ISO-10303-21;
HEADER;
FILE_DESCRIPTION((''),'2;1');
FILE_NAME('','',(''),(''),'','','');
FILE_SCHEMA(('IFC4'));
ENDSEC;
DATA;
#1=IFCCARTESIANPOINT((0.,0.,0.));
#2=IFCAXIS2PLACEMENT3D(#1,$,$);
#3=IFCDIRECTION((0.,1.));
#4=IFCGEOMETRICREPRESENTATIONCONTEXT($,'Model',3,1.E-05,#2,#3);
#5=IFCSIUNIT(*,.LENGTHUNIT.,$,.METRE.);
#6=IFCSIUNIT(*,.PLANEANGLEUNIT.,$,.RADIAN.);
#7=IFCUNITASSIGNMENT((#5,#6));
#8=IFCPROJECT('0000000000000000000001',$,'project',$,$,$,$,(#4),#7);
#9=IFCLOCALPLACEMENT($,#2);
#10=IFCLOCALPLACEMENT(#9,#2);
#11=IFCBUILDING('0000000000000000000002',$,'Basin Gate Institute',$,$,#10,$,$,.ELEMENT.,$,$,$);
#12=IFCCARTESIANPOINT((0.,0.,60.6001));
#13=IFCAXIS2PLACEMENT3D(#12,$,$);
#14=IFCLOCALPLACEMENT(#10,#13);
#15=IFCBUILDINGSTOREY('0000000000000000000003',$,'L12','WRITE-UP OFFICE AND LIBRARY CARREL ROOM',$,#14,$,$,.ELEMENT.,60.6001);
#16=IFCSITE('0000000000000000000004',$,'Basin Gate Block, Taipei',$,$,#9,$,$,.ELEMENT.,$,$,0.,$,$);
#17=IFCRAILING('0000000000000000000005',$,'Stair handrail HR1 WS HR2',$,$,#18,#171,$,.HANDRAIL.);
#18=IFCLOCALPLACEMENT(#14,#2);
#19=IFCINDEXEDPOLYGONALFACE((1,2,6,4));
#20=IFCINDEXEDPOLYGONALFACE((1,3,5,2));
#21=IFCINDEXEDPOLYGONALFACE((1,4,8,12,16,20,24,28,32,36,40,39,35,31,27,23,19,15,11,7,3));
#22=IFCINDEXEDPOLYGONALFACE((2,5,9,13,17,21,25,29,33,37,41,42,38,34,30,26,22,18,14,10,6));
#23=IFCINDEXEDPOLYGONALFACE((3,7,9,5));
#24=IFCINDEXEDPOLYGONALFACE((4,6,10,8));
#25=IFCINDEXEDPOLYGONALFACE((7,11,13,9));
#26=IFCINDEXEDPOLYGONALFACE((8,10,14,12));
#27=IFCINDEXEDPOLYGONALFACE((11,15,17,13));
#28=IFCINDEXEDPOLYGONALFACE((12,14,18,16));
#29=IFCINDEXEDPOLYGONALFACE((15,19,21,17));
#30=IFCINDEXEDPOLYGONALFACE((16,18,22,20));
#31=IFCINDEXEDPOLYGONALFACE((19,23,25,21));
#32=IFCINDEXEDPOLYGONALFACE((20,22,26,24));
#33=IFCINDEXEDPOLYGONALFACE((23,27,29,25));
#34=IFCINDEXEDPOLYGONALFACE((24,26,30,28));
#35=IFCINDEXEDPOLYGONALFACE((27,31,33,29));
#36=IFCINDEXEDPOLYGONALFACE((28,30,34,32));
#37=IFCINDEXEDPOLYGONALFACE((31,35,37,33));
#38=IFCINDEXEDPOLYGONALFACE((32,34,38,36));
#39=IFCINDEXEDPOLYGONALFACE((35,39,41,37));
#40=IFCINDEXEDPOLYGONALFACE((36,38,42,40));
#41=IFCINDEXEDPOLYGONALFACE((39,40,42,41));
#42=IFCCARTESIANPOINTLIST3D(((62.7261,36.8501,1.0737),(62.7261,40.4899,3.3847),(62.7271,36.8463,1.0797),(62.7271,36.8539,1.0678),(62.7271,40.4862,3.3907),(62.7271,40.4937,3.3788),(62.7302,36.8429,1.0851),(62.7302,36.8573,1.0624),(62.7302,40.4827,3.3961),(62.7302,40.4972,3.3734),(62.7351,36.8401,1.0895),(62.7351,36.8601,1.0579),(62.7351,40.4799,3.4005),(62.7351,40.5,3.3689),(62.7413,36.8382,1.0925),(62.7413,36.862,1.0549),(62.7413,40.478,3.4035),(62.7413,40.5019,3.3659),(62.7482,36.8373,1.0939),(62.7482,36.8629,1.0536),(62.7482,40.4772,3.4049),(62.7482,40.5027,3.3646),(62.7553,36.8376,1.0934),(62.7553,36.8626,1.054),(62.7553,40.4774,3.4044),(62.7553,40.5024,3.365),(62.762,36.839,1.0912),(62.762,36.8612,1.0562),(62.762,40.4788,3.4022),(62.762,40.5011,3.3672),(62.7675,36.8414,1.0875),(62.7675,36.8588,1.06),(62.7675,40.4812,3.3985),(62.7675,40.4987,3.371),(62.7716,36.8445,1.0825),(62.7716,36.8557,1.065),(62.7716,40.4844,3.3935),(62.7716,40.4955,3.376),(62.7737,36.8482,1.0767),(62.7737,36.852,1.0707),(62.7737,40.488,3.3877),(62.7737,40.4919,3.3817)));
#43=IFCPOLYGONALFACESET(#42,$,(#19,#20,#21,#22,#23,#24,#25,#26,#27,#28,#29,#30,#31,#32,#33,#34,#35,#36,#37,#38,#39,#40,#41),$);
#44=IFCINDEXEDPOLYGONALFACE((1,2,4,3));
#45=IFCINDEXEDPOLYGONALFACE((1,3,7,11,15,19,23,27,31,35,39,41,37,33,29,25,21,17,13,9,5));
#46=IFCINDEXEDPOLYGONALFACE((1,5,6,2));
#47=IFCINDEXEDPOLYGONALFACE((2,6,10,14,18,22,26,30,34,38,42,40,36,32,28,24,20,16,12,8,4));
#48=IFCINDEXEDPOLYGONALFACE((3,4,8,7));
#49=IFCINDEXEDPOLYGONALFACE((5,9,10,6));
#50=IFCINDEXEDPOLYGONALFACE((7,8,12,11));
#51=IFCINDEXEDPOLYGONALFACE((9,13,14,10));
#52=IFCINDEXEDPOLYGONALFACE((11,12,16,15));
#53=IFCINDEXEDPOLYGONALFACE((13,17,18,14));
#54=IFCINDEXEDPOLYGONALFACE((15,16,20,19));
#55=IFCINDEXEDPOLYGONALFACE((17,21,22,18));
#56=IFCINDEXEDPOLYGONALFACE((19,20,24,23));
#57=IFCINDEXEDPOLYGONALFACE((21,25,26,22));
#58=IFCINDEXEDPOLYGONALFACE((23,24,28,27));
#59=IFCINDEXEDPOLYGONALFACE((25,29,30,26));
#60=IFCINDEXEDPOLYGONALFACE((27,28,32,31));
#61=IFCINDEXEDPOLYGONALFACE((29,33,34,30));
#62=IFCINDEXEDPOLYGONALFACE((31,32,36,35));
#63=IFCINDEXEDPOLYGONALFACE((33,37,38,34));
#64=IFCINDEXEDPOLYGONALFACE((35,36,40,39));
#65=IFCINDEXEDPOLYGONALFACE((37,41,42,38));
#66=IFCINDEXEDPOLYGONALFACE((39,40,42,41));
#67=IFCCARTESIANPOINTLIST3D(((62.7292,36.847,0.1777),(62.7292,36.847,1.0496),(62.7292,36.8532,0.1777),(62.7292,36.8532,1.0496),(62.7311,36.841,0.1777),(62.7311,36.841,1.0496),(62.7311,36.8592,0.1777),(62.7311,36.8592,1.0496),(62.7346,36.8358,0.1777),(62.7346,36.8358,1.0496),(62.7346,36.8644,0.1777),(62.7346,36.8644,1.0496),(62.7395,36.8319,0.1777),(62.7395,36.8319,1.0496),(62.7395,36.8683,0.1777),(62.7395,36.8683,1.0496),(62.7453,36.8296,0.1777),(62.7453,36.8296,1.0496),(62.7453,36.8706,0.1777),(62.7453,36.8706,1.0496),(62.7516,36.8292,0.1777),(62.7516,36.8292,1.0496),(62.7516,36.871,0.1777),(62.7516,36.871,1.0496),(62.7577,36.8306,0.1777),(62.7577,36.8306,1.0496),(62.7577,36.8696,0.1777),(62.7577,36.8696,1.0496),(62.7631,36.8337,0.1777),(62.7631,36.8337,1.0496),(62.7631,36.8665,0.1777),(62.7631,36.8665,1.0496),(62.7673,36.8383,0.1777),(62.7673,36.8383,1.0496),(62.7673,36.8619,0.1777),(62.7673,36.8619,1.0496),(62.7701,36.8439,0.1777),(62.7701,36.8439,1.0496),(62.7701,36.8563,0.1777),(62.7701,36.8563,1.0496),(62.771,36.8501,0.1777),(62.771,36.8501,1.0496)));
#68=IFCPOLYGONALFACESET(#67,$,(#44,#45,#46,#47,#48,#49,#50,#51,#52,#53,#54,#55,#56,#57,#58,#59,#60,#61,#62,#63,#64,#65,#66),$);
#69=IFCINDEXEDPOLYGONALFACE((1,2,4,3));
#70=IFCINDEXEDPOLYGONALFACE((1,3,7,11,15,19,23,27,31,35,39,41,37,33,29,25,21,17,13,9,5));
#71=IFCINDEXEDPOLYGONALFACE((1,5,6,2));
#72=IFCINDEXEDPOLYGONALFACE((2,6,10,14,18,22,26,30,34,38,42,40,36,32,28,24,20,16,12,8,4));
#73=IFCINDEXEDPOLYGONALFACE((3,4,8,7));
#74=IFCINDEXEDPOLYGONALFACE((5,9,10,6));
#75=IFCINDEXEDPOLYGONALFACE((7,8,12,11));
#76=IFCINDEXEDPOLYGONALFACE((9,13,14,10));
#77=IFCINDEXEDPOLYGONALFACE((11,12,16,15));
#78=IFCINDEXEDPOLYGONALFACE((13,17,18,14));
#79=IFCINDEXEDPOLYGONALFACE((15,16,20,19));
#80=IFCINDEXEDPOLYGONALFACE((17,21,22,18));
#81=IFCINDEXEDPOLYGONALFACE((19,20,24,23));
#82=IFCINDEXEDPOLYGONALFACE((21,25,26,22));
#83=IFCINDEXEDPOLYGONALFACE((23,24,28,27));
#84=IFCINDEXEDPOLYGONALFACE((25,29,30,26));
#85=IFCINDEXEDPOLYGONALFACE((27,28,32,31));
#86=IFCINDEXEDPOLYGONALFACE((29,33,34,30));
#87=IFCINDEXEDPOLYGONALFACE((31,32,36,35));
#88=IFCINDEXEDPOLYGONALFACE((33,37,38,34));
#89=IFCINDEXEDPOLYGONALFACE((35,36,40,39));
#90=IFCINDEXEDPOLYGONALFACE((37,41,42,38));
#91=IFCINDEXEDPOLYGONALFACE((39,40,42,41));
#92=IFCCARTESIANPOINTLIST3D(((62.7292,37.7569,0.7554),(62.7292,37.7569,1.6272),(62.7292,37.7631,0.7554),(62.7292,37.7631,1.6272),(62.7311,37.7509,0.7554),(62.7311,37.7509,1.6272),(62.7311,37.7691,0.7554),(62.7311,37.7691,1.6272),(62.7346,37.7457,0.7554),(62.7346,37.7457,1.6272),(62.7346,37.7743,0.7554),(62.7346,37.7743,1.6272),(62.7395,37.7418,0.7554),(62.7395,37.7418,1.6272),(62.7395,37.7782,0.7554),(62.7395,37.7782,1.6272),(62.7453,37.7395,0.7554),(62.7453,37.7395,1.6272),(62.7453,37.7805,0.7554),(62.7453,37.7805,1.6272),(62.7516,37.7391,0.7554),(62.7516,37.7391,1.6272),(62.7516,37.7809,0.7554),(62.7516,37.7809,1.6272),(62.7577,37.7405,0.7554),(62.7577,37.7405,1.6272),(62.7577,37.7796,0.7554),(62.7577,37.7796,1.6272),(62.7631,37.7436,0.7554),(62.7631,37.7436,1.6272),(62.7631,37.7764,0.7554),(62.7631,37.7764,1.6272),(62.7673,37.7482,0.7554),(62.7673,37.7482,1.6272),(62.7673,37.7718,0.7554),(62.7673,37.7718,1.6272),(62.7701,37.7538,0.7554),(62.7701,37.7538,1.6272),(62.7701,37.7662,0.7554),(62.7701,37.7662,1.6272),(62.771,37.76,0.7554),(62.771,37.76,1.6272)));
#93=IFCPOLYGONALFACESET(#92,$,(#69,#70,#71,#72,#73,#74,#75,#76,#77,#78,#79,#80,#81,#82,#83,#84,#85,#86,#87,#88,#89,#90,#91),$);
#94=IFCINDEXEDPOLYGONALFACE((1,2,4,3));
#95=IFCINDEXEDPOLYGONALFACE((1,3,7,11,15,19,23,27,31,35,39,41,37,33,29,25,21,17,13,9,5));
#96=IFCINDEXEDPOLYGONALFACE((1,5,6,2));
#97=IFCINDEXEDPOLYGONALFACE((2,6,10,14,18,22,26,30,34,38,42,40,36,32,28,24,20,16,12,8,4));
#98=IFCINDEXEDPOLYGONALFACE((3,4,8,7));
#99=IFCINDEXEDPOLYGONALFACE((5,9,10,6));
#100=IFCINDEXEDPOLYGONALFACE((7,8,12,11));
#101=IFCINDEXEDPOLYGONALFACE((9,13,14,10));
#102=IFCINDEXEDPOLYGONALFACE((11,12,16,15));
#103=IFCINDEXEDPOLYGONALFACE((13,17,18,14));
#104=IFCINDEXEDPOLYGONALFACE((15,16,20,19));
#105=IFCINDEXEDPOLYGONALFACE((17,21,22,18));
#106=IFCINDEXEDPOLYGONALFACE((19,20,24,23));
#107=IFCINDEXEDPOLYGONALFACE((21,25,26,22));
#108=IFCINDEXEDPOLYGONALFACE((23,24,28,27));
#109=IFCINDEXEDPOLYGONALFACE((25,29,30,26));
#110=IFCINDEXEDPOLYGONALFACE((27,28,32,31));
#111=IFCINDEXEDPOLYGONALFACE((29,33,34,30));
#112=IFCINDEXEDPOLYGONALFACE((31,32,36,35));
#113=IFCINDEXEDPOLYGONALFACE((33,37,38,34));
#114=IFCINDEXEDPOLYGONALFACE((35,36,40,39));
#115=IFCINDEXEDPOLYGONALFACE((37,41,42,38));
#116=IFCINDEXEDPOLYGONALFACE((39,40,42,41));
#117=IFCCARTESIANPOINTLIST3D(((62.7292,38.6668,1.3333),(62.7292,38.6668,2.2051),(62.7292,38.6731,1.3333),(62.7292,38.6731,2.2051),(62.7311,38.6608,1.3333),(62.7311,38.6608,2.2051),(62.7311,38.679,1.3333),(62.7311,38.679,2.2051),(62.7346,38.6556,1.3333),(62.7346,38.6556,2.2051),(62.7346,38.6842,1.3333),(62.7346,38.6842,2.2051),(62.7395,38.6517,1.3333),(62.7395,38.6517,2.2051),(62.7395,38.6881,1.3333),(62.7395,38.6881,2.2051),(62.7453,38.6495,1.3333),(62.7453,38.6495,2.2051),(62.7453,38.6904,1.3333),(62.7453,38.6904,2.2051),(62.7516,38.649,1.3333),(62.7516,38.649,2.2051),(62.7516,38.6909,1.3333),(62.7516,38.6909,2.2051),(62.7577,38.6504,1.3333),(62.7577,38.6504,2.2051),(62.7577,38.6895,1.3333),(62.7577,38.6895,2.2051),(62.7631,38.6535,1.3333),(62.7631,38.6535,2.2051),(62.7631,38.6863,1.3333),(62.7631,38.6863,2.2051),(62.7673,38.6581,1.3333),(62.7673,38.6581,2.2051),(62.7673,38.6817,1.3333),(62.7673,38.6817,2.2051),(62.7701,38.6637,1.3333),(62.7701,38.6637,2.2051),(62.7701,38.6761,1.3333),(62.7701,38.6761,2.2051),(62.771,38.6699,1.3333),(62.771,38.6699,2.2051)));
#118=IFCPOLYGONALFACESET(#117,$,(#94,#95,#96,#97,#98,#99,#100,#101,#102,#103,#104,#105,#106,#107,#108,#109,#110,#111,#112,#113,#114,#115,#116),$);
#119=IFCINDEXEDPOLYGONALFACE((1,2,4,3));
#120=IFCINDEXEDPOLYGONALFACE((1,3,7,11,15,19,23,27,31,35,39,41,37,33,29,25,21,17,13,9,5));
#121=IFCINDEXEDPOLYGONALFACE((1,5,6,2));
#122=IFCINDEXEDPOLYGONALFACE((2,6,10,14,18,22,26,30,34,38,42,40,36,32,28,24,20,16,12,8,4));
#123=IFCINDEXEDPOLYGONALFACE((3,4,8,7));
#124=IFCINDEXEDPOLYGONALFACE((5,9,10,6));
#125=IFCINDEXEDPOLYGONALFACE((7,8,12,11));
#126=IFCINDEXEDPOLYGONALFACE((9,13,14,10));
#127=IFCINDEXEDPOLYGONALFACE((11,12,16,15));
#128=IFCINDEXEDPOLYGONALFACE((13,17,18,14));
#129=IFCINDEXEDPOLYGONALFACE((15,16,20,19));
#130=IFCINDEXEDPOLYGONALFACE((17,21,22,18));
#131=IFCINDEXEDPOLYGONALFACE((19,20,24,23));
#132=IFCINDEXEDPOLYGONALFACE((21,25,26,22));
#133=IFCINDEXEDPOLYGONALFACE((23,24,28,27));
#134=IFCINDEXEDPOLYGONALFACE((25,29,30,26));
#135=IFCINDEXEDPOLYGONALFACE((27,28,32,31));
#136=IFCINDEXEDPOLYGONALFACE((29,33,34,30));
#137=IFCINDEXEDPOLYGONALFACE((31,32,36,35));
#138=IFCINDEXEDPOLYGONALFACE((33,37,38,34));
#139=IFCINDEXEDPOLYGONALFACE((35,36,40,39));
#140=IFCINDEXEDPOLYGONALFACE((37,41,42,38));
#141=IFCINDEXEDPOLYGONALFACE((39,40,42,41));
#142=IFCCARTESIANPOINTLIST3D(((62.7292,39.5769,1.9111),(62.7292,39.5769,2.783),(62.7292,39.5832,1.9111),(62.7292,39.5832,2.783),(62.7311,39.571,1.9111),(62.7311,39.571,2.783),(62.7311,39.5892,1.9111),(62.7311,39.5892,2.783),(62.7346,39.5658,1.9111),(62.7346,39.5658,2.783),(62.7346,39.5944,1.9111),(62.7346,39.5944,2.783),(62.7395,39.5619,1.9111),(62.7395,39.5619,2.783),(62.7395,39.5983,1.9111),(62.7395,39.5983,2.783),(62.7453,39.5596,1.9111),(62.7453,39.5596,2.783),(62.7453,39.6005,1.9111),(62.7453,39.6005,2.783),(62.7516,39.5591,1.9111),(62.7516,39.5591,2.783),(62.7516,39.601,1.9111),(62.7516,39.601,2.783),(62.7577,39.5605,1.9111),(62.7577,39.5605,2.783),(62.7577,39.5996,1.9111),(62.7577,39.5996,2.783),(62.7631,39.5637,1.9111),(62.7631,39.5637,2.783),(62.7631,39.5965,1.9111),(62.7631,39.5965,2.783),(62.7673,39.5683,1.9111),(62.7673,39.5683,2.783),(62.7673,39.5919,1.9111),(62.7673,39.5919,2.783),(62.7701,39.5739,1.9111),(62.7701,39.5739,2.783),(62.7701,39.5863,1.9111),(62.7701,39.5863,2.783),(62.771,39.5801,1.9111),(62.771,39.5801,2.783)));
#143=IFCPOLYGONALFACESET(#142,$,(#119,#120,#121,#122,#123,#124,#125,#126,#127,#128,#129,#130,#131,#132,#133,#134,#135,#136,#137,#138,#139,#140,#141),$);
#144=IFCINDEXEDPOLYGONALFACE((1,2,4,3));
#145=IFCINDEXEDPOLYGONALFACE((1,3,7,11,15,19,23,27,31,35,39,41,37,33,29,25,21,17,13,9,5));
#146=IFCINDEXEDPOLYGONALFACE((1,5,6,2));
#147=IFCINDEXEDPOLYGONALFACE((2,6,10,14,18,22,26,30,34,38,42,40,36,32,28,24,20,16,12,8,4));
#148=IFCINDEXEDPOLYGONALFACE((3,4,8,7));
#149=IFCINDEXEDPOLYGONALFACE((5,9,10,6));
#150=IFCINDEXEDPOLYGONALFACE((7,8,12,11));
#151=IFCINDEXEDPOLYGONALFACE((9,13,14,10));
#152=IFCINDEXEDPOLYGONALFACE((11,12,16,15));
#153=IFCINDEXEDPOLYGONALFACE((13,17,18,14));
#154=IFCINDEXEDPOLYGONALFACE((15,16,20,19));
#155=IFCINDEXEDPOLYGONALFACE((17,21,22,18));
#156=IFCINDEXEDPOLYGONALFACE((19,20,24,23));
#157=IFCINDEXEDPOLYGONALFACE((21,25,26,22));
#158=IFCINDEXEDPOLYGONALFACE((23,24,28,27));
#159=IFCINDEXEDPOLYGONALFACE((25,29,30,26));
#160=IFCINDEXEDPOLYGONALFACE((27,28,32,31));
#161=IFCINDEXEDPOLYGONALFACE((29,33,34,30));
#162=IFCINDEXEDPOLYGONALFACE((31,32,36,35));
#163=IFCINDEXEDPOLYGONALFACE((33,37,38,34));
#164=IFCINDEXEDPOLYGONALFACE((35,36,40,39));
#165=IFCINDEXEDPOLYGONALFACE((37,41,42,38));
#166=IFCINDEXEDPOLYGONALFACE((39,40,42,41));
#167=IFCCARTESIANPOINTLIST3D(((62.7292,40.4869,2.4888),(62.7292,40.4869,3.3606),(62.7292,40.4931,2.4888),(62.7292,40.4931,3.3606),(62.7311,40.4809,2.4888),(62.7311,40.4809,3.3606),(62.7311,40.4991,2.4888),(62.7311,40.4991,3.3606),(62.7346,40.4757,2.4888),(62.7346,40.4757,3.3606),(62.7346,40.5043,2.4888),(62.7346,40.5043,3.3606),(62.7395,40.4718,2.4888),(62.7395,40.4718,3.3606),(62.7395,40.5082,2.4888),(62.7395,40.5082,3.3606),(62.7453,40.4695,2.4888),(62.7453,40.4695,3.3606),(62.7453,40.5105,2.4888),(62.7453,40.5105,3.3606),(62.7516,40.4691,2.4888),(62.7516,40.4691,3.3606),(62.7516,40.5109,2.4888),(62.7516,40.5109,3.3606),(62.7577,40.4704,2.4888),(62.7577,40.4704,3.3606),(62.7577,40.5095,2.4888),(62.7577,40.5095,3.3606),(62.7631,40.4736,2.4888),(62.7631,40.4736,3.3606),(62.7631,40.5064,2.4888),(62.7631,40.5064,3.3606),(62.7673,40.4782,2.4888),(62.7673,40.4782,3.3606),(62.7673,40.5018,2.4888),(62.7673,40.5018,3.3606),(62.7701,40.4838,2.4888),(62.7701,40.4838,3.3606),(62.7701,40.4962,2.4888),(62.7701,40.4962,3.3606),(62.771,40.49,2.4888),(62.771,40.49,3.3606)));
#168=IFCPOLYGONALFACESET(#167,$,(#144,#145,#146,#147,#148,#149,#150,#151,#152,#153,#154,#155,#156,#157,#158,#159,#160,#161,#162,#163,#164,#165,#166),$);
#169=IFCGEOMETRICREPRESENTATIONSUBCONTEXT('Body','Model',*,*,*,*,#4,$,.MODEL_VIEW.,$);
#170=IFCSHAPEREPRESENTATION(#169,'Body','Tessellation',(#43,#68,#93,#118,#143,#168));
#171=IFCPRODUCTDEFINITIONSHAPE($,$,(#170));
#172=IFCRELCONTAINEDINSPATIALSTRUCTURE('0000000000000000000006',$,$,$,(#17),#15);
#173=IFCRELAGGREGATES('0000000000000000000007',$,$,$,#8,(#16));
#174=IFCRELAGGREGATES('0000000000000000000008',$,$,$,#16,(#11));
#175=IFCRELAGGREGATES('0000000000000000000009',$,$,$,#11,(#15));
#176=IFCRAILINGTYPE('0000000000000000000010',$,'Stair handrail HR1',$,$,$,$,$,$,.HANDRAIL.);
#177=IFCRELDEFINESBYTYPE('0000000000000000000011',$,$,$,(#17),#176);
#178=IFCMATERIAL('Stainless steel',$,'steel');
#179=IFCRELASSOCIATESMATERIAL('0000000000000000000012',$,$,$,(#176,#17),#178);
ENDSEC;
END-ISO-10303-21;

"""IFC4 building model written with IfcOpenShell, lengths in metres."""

from ifc_helpers import new_model, si_unit, direction, frame, origin, origin_2d, place, context, subcontext, project, spatial, circle, extrude, material, type_object, element, save


model = new_model("IFC4")

# Units and contexts
model_context = context("Model", 3, precision=1e-05, world=origin(), true_north=direction((0.0, 1.0)))
body_context = subcontext(model_context, "Body", "Model", "MODEL_VIEW")
ifc_project = project(units=[si_unit("LENGTHUNIT", "METRE"), si_unit("PLANEANGLEUNIT", "RADIAN")], contexts=[model_context])

# Site, building, storey
site_placement = place(None, origin())
site = spatial("IfcSite", under=ifc_project, at=site_placement, Name="Basin Gate Block, Taipei", CompositionType="ELEMENT", RefElevation=0.0)
building_placement = place(site_placement, origin())
building = spatial("IfcBuilding", under=site, at=building_placement, Name="Basin Gate Institute", CompositionType="ELEMENT")
storey_placement = place(building_placement, frame((0.0, 0.0, 60.6001)))
storey = spatial("IfcBuildingStorey", under=building, at=storey_placement, Name="L12", Description="WRITE-UP OFFICE AND LIBRARY CARREL ROOM", CompositionType="ELEMENT", Elevation=60.6001)

# Railing
ifc_material_1 = material(Name="Stainless steel", Category="steel")
railing_type_1 = type_object("IfcRailingType", Name="Stair handrail HR1", PredefinedType="HANDRAIL", material=ifc_material_1)
for number, where, name in (
    (1, (62.75, 36.8501, 0.1777), "Stair handrail HR1 WS HR2"),
):
    element("IfcRailing", number, at=place(storey_placement, frame(where)), inside=storey, type_object=railing_type_1, material=ifc_material_1, Name=name, PredefinedType="HANDRAIL", context=body_context, shape_type="SweptSolid", body=[
        extrude(circle(Radius=0.0239, at=origin_2d()), frame((0.0, 0.0, 0.896), z_axis=(0.0, 0.844214, 0.536007), x_axis=(-1.0, 0.0, 0.0)), (0.0, 0.0, 1.0), 4.3115),
        extrude(circle(Radius=0.021, at=origin_2d()), origin(), (0.0, 0.0, 1.0), 0.8718),
        extrude(circle(Radius=0.021, at=origin_2d()), frame((0.0, 0.9099, 0.5776)), (0.0, 0.0, 1.0), 0.8718),
        extrude(circle(Radius=0.021, at=origin_2d()), frame((0.0, 1.8198, 1.1555)), (0.0, 0.0, 1.0), 0.8718),
        extrude(circle(Radius=0.021, at=origin_2d()), frame((0.0, 2.73, 1.7334)), (0.0, 0.0, 1.0), 0.8718),
        extrude(circle(Radius=0.021, at=origin_2d()), frame((0.0, 3.6399, 2.311)), (0.0, 0.0, 1.0), 0.8718),
    ])

save(model, "model.ifc")
